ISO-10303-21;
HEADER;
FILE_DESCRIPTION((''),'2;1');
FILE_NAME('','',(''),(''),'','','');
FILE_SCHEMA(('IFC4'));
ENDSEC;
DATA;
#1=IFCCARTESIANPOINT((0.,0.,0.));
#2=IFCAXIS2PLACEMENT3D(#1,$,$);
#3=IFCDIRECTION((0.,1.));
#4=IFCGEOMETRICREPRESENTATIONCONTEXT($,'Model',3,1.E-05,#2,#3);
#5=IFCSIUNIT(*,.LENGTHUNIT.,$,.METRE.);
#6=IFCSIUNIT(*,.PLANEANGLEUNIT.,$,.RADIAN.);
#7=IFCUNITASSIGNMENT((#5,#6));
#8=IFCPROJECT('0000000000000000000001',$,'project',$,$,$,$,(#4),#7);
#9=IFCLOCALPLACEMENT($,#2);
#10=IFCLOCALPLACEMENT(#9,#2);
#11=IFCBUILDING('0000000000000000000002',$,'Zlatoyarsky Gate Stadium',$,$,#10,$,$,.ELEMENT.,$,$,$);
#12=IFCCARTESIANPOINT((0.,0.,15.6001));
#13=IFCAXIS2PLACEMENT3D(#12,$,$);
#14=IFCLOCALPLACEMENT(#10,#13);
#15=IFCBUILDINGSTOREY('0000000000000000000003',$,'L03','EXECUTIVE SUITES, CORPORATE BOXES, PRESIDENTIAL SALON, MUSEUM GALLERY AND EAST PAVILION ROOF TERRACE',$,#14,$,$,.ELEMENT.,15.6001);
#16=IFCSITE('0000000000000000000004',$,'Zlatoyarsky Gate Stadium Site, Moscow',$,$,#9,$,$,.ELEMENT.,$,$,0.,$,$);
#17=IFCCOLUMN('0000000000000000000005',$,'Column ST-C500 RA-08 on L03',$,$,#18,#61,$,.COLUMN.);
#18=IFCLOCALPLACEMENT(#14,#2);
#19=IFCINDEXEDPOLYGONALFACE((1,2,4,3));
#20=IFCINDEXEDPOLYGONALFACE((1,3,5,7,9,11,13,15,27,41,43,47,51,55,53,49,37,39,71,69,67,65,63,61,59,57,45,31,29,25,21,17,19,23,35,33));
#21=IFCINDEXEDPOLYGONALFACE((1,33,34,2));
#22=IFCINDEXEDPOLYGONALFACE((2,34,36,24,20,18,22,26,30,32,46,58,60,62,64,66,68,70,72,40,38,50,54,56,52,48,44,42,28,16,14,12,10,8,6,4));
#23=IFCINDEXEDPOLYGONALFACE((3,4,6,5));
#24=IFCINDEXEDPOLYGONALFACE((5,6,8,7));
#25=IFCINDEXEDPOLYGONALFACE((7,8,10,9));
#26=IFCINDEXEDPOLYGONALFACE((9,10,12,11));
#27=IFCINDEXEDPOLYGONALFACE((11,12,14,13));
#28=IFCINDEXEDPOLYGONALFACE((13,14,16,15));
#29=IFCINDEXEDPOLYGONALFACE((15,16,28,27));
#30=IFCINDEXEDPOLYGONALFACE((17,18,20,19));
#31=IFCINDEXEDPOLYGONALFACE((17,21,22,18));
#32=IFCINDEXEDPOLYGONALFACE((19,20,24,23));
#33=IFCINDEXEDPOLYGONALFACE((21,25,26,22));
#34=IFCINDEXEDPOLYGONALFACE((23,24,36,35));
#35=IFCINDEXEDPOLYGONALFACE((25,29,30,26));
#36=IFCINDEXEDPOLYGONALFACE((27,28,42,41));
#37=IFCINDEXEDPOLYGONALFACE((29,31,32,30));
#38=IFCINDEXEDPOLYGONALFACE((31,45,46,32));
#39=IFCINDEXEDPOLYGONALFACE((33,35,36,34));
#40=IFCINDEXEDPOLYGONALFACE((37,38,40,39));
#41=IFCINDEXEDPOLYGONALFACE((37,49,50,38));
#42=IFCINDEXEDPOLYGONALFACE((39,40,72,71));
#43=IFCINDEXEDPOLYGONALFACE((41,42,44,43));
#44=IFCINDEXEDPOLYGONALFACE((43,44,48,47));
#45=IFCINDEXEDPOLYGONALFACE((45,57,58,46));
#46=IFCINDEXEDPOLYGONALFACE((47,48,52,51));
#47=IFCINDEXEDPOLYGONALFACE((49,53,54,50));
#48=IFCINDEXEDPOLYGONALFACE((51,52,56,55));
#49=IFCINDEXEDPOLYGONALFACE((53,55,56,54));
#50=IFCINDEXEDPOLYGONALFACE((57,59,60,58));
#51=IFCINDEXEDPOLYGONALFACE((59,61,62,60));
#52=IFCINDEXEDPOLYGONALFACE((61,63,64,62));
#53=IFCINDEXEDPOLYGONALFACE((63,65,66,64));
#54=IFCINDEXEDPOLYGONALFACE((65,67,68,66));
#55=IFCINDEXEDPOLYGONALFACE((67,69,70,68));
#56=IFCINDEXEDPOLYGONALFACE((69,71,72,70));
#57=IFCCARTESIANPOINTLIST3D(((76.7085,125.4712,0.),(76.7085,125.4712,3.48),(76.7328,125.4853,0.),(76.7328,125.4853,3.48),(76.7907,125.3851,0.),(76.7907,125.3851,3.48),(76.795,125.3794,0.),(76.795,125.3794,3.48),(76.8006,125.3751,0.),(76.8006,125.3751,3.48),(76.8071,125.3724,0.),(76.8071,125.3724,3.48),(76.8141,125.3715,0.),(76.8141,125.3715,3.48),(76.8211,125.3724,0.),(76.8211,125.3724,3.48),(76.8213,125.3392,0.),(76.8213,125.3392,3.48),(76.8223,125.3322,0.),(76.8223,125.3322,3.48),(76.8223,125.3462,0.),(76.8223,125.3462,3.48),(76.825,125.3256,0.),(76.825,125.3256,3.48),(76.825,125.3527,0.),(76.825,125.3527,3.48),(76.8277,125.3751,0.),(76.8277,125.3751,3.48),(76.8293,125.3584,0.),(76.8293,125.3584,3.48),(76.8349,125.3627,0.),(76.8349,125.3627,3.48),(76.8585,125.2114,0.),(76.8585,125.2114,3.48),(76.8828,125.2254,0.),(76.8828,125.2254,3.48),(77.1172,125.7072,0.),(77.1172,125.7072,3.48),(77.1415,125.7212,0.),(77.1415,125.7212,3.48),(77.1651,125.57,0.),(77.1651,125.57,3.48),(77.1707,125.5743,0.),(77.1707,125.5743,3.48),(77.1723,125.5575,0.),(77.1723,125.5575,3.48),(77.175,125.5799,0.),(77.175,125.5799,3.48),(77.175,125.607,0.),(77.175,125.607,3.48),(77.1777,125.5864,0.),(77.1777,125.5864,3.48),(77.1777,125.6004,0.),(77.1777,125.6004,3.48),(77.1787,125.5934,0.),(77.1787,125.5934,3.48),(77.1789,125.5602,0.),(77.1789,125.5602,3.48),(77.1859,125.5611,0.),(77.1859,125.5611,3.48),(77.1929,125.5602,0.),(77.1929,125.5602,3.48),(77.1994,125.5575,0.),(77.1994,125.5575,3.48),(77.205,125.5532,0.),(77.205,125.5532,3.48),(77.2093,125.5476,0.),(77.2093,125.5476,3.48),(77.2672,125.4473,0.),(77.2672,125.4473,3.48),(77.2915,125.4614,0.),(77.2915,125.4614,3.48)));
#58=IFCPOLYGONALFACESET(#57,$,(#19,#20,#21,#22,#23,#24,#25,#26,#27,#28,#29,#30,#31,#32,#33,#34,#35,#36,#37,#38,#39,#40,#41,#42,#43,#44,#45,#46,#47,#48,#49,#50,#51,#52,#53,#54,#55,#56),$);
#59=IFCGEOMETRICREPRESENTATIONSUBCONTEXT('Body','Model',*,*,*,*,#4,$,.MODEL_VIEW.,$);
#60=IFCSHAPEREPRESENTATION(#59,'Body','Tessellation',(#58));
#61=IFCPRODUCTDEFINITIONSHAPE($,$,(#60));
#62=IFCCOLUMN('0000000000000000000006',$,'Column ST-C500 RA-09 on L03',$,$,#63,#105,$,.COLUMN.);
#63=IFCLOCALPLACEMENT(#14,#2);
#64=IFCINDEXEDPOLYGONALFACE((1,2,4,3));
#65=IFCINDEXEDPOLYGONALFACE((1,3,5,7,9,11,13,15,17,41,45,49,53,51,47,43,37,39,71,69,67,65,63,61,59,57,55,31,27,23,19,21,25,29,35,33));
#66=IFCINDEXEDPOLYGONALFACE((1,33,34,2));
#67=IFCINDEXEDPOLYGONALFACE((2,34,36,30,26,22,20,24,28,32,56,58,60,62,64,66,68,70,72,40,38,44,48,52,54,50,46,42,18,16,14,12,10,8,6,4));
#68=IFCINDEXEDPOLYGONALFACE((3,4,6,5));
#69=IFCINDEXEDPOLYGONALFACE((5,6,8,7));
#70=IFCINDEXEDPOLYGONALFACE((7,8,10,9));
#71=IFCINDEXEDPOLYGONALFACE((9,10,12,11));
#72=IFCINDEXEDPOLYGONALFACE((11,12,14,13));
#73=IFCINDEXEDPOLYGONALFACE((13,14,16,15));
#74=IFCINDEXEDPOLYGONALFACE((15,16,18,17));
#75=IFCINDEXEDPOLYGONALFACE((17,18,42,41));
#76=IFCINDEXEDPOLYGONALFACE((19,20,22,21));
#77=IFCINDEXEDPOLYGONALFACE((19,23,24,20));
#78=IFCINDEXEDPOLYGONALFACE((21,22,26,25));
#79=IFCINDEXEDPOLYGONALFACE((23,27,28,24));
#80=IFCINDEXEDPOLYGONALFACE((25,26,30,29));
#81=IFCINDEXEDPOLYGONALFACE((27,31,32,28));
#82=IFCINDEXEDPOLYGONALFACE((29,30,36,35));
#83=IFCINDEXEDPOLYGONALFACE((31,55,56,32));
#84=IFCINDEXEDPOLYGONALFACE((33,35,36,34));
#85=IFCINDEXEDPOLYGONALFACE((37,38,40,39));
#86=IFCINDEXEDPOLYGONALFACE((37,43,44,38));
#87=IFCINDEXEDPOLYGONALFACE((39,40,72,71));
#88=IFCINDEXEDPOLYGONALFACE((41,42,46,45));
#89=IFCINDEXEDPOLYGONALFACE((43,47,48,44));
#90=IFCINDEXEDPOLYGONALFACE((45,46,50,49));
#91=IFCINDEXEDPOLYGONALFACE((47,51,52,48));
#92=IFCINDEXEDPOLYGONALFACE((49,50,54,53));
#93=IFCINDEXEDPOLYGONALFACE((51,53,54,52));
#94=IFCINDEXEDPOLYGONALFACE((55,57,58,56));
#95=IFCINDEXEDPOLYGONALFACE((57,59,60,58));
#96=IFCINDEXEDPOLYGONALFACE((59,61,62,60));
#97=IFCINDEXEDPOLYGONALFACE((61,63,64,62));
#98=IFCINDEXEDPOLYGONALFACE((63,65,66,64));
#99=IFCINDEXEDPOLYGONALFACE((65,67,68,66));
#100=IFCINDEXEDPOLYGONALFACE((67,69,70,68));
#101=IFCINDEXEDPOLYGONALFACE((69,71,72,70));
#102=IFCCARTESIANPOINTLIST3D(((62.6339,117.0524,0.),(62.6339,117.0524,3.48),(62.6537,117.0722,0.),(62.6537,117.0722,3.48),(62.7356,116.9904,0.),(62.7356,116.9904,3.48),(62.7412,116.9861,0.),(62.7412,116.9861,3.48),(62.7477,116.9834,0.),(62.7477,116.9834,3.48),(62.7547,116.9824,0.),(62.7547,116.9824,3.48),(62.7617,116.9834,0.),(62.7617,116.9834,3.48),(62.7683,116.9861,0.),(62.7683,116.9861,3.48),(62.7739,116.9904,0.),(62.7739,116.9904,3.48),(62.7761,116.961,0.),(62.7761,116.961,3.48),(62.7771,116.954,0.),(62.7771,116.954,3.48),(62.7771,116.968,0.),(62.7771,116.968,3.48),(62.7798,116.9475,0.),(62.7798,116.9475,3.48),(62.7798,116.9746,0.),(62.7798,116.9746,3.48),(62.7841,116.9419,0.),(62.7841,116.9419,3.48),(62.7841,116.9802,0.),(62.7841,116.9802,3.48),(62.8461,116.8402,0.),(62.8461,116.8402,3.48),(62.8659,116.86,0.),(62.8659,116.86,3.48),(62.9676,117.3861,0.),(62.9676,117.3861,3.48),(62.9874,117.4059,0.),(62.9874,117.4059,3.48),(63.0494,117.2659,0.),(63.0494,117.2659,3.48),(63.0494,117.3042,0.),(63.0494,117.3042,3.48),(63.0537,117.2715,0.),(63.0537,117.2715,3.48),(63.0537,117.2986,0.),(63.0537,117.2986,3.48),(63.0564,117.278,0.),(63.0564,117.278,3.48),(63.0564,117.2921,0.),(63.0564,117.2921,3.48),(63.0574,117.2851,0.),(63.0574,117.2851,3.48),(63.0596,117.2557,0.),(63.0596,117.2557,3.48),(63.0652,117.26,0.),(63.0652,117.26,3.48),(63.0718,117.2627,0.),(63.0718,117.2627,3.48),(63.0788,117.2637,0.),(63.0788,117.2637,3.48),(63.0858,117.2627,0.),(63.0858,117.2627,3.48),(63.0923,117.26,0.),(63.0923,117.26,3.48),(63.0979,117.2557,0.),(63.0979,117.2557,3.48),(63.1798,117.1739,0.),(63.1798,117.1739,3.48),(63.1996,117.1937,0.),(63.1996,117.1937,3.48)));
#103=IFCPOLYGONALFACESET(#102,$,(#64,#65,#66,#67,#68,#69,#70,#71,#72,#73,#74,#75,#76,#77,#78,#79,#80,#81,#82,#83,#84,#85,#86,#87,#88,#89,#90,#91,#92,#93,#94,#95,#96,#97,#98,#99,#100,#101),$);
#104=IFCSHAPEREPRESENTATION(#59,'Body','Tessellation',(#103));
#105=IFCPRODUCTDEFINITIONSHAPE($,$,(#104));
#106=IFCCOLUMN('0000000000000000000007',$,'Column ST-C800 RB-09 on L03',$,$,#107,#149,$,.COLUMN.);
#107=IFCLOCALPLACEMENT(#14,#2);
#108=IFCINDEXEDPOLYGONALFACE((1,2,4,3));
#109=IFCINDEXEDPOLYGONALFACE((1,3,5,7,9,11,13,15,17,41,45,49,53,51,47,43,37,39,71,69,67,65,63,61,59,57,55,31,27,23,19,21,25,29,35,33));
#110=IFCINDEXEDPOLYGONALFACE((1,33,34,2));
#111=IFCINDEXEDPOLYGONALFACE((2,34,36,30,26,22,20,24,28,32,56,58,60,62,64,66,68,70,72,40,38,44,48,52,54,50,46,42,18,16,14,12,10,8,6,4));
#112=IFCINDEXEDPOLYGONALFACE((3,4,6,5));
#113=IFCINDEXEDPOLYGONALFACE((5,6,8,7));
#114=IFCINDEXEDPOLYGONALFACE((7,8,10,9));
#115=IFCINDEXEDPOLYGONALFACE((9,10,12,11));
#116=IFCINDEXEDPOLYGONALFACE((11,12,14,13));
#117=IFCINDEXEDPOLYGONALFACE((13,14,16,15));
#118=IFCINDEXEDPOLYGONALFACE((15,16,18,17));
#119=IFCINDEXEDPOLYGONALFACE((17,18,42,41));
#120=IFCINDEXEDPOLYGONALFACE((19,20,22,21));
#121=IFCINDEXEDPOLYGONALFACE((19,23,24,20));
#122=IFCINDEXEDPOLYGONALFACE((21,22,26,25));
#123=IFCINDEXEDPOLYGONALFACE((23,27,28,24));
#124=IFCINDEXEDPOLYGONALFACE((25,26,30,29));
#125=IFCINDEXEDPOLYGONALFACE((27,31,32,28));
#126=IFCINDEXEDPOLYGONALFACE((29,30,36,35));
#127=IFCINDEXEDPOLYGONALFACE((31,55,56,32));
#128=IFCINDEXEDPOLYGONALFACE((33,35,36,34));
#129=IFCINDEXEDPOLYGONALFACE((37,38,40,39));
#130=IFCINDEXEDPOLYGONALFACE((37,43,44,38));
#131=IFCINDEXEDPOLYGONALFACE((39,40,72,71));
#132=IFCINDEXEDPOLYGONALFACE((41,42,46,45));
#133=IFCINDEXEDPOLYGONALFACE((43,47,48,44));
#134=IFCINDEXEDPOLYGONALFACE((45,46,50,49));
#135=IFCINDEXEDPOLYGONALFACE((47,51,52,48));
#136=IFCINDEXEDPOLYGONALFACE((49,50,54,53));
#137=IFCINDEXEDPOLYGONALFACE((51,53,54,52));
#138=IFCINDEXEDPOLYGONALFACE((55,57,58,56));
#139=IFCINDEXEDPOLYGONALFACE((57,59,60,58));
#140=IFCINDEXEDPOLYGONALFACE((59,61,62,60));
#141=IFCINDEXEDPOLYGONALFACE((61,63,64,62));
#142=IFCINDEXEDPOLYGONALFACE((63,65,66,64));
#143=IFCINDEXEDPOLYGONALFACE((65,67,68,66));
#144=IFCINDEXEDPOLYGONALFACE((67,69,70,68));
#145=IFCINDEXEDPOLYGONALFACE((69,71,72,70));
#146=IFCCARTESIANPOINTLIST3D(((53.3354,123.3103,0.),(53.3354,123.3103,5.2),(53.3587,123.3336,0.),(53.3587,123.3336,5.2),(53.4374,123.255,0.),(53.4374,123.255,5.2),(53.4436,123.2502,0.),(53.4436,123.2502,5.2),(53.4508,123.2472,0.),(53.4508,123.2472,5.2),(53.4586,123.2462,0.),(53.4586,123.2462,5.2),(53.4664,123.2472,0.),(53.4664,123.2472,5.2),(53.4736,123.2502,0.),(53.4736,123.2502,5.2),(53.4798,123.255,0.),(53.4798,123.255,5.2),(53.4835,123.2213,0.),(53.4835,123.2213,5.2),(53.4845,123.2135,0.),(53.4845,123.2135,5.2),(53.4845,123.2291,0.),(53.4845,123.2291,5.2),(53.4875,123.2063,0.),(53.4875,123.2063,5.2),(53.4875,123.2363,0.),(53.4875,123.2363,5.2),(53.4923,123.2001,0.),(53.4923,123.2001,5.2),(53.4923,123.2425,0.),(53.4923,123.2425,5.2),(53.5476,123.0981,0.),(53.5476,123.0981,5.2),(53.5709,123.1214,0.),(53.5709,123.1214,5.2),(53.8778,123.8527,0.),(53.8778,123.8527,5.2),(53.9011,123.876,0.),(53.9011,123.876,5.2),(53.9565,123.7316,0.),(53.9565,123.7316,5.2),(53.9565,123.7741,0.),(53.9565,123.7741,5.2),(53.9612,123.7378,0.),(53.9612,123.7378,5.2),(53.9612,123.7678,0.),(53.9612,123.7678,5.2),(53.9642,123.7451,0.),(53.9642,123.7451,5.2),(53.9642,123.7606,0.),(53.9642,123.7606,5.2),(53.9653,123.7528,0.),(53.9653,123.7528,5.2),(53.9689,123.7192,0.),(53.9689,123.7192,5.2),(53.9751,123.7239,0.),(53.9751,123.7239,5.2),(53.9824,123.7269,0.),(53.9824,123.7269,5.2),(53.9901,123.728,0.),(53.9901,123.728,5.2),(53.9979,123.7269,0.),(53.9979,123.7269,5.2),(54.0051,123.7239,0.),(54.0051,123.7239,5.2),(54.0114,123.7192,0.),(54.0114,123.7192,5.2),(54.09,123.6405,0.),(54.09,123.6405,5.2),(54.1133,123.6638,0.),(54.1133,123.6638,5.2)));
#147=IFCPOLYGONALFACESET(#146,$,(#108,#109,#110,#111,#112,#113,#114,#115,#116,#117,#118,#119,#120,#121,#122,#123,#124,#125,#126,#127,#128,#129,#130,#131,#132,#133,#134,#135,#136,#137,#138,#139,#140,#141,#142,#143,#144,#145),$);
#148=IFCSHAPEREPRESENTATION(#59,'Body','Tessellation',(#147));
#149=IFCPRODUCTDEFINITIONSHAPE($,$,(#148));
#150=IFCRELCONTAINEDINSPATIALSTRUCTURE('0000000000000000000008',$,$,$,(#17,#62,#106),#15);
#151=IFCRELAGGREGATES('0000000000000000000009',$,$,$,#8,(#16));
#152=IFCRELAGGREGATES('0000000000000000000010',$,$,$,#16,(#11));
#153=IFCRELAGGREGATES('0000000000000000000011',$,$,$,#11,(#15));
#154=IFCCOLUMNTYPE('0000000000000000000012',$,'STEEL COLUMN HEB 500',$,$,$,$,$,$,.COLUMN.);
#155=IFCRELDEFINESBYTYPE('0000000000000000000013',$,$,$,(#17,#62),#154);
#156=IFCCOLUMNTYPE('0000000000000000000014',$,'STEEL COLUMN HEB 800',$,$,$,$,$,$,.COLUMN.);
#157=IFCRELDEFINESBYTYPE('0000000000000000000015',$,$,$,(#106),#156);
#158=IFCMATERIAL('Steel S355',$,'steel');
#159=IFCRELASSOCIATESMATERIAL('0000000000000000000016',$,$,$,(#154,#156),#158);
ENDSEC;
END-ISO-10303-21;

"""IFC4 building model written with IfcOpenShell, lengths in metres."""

from ifc_helpers import new_model, si_unit, direction, frame, origin, origin_2d, place, context, subcontext, project, spatial, i_section, extrude, material, material_profile, profile_set, type_object, element, save


model = new_model("IFC4")

# Units and contexts
model_context = context("Model", 3, precision=1e-05, world=origin(), true_north=direction((0.0, 1.0)))
body_context = subcontext(model_context, "Body", "Model", "MODEL_VIEW")
ifc_project = project(units=[si_unit("LENGTHUNIT", "METRE"), si_unit("PLANEANGLEUNIT", "RADIAN")], contexts=[model_context])

# Site, building, storey
site_placement = place(None, origin())
site = spatial("IfcSite", under=ifc_project, at=site_placement, Name="Zlatoyarsky Gate Stadium Site, Moscow", CompositionType="ELEMENT", RefElevation=0.0)
building_placement = place(site_placement, origin())
building = spatial("IfcBuilding", under=site, at=building_placement, Name="Zlatoyarsky Gate Stadium", CompositionType="ELEMENT")
storey_placement = place(building_placement, frame((0.0, 0.0, 15.6001)))
storey = spatial("IfcBuildingStorey", under=building, at=storey_placement, Name="L03", Description="EXECUTIVE SUITES, CORPORATE BOXES, PRESIDENTIAL SALON, MUSEUM GALLERY AND EAST PAVILION ROOF TERRACE", CompositionType="ELEMENT", Elevation=15.6001)

# Columns
ifc_material_1 = material(Name="Steel S355", Category="steel")
ifc_material_profile_1 = material_profile(ifc_material_1, i_section(OverallWidth=0.3, OverallDepth=0.5, WebThickness=0.0144, FlangeThickness=0.0281, FilletRadius=0.0271, at=origin_2d()), Name="HEB 500")
ifc_profile_set_1 = profile_set([ifc_material_profile_1], Name="Steel S355")
column_type_1 = type_object("IfcColumnType", Name="STEEL COLUMN HEB 500", PredefinedType="COLUMN", material=ifc_profile_set_1)
for number, where, z_axis, x_axis, name in (
    (1, (77.0, 125.4663, 0.0), (0.0, 0.0, 1.0), (-0.5, 0.866025, 0.0), "Column ST-C500 RA-08 on L03"),
    (2, (62.9167, 117.123, 0.0), (0.0, 0.0, 1.0), (-0.707107, 0.707107, 0.0), "Column ST-C500 RA-09 on L03"),
):
    element("IfcColumn", number, at=place(storey_placement, frame(where, z_axis=z_axis, x_axis=x_axis)), inside=storey, type_object=column_type_1, Name=name, PredefinedType="COLUMN", context=body_context, shape_type="SweptSolid", body=[
        extrude(i_section(OverallWidth=0.3, OverallDepth=0.5, WebThickness=0.0144, FlangeThickness=0.0281, FilletRadius=0.0271, at=origin_2d()), origin(), (0.0, 0.0, 1.0), 3.48),
    ])
ifc_material_profile_2 = material_profile(ifc_material_1, i_section(OverallWidth=0.3, OverallDepth=0.8, WebThickness=0.0176, FlangeThickness=0.033, FilletRadius=0.03, at=origin_2d()), Name="HEB 800")
ifc_profile_set_2 = profile_set([ifc_material_profile_2], Name="Steel S355")
column_type_2 = type_object("IfcColumnType", Name="STEEL COLUMN HEB 800", PredefinedType="COLUMN", material=ifc_profile_set_2)
column_placement = place(storey_placement, frame((53.7244, 123.4871, 0.0), z_axis=(0.0, 0.0, 1.0), x_axis=(-0.707107, 0.707107, 0.0)))
element("IfcColumn", 3, at=column_placement, inside=storey, type_object=column_type_2, Name="Column ST-C800 RB-09 on L03", PredefinedType="COLUMN", context=body_context, shape_type="SweptSolid", body=[
    extrude(i_section(OverallWidth=0.3, OverallDepth=0.8, WebThickness=0.0176, FlangeThickness=0.033, FilletRadius=0.03, at=origin_2d()), origin(), (0.0, 0.0, 1.0), 5.2),
])

save(model, "model.ifc")
